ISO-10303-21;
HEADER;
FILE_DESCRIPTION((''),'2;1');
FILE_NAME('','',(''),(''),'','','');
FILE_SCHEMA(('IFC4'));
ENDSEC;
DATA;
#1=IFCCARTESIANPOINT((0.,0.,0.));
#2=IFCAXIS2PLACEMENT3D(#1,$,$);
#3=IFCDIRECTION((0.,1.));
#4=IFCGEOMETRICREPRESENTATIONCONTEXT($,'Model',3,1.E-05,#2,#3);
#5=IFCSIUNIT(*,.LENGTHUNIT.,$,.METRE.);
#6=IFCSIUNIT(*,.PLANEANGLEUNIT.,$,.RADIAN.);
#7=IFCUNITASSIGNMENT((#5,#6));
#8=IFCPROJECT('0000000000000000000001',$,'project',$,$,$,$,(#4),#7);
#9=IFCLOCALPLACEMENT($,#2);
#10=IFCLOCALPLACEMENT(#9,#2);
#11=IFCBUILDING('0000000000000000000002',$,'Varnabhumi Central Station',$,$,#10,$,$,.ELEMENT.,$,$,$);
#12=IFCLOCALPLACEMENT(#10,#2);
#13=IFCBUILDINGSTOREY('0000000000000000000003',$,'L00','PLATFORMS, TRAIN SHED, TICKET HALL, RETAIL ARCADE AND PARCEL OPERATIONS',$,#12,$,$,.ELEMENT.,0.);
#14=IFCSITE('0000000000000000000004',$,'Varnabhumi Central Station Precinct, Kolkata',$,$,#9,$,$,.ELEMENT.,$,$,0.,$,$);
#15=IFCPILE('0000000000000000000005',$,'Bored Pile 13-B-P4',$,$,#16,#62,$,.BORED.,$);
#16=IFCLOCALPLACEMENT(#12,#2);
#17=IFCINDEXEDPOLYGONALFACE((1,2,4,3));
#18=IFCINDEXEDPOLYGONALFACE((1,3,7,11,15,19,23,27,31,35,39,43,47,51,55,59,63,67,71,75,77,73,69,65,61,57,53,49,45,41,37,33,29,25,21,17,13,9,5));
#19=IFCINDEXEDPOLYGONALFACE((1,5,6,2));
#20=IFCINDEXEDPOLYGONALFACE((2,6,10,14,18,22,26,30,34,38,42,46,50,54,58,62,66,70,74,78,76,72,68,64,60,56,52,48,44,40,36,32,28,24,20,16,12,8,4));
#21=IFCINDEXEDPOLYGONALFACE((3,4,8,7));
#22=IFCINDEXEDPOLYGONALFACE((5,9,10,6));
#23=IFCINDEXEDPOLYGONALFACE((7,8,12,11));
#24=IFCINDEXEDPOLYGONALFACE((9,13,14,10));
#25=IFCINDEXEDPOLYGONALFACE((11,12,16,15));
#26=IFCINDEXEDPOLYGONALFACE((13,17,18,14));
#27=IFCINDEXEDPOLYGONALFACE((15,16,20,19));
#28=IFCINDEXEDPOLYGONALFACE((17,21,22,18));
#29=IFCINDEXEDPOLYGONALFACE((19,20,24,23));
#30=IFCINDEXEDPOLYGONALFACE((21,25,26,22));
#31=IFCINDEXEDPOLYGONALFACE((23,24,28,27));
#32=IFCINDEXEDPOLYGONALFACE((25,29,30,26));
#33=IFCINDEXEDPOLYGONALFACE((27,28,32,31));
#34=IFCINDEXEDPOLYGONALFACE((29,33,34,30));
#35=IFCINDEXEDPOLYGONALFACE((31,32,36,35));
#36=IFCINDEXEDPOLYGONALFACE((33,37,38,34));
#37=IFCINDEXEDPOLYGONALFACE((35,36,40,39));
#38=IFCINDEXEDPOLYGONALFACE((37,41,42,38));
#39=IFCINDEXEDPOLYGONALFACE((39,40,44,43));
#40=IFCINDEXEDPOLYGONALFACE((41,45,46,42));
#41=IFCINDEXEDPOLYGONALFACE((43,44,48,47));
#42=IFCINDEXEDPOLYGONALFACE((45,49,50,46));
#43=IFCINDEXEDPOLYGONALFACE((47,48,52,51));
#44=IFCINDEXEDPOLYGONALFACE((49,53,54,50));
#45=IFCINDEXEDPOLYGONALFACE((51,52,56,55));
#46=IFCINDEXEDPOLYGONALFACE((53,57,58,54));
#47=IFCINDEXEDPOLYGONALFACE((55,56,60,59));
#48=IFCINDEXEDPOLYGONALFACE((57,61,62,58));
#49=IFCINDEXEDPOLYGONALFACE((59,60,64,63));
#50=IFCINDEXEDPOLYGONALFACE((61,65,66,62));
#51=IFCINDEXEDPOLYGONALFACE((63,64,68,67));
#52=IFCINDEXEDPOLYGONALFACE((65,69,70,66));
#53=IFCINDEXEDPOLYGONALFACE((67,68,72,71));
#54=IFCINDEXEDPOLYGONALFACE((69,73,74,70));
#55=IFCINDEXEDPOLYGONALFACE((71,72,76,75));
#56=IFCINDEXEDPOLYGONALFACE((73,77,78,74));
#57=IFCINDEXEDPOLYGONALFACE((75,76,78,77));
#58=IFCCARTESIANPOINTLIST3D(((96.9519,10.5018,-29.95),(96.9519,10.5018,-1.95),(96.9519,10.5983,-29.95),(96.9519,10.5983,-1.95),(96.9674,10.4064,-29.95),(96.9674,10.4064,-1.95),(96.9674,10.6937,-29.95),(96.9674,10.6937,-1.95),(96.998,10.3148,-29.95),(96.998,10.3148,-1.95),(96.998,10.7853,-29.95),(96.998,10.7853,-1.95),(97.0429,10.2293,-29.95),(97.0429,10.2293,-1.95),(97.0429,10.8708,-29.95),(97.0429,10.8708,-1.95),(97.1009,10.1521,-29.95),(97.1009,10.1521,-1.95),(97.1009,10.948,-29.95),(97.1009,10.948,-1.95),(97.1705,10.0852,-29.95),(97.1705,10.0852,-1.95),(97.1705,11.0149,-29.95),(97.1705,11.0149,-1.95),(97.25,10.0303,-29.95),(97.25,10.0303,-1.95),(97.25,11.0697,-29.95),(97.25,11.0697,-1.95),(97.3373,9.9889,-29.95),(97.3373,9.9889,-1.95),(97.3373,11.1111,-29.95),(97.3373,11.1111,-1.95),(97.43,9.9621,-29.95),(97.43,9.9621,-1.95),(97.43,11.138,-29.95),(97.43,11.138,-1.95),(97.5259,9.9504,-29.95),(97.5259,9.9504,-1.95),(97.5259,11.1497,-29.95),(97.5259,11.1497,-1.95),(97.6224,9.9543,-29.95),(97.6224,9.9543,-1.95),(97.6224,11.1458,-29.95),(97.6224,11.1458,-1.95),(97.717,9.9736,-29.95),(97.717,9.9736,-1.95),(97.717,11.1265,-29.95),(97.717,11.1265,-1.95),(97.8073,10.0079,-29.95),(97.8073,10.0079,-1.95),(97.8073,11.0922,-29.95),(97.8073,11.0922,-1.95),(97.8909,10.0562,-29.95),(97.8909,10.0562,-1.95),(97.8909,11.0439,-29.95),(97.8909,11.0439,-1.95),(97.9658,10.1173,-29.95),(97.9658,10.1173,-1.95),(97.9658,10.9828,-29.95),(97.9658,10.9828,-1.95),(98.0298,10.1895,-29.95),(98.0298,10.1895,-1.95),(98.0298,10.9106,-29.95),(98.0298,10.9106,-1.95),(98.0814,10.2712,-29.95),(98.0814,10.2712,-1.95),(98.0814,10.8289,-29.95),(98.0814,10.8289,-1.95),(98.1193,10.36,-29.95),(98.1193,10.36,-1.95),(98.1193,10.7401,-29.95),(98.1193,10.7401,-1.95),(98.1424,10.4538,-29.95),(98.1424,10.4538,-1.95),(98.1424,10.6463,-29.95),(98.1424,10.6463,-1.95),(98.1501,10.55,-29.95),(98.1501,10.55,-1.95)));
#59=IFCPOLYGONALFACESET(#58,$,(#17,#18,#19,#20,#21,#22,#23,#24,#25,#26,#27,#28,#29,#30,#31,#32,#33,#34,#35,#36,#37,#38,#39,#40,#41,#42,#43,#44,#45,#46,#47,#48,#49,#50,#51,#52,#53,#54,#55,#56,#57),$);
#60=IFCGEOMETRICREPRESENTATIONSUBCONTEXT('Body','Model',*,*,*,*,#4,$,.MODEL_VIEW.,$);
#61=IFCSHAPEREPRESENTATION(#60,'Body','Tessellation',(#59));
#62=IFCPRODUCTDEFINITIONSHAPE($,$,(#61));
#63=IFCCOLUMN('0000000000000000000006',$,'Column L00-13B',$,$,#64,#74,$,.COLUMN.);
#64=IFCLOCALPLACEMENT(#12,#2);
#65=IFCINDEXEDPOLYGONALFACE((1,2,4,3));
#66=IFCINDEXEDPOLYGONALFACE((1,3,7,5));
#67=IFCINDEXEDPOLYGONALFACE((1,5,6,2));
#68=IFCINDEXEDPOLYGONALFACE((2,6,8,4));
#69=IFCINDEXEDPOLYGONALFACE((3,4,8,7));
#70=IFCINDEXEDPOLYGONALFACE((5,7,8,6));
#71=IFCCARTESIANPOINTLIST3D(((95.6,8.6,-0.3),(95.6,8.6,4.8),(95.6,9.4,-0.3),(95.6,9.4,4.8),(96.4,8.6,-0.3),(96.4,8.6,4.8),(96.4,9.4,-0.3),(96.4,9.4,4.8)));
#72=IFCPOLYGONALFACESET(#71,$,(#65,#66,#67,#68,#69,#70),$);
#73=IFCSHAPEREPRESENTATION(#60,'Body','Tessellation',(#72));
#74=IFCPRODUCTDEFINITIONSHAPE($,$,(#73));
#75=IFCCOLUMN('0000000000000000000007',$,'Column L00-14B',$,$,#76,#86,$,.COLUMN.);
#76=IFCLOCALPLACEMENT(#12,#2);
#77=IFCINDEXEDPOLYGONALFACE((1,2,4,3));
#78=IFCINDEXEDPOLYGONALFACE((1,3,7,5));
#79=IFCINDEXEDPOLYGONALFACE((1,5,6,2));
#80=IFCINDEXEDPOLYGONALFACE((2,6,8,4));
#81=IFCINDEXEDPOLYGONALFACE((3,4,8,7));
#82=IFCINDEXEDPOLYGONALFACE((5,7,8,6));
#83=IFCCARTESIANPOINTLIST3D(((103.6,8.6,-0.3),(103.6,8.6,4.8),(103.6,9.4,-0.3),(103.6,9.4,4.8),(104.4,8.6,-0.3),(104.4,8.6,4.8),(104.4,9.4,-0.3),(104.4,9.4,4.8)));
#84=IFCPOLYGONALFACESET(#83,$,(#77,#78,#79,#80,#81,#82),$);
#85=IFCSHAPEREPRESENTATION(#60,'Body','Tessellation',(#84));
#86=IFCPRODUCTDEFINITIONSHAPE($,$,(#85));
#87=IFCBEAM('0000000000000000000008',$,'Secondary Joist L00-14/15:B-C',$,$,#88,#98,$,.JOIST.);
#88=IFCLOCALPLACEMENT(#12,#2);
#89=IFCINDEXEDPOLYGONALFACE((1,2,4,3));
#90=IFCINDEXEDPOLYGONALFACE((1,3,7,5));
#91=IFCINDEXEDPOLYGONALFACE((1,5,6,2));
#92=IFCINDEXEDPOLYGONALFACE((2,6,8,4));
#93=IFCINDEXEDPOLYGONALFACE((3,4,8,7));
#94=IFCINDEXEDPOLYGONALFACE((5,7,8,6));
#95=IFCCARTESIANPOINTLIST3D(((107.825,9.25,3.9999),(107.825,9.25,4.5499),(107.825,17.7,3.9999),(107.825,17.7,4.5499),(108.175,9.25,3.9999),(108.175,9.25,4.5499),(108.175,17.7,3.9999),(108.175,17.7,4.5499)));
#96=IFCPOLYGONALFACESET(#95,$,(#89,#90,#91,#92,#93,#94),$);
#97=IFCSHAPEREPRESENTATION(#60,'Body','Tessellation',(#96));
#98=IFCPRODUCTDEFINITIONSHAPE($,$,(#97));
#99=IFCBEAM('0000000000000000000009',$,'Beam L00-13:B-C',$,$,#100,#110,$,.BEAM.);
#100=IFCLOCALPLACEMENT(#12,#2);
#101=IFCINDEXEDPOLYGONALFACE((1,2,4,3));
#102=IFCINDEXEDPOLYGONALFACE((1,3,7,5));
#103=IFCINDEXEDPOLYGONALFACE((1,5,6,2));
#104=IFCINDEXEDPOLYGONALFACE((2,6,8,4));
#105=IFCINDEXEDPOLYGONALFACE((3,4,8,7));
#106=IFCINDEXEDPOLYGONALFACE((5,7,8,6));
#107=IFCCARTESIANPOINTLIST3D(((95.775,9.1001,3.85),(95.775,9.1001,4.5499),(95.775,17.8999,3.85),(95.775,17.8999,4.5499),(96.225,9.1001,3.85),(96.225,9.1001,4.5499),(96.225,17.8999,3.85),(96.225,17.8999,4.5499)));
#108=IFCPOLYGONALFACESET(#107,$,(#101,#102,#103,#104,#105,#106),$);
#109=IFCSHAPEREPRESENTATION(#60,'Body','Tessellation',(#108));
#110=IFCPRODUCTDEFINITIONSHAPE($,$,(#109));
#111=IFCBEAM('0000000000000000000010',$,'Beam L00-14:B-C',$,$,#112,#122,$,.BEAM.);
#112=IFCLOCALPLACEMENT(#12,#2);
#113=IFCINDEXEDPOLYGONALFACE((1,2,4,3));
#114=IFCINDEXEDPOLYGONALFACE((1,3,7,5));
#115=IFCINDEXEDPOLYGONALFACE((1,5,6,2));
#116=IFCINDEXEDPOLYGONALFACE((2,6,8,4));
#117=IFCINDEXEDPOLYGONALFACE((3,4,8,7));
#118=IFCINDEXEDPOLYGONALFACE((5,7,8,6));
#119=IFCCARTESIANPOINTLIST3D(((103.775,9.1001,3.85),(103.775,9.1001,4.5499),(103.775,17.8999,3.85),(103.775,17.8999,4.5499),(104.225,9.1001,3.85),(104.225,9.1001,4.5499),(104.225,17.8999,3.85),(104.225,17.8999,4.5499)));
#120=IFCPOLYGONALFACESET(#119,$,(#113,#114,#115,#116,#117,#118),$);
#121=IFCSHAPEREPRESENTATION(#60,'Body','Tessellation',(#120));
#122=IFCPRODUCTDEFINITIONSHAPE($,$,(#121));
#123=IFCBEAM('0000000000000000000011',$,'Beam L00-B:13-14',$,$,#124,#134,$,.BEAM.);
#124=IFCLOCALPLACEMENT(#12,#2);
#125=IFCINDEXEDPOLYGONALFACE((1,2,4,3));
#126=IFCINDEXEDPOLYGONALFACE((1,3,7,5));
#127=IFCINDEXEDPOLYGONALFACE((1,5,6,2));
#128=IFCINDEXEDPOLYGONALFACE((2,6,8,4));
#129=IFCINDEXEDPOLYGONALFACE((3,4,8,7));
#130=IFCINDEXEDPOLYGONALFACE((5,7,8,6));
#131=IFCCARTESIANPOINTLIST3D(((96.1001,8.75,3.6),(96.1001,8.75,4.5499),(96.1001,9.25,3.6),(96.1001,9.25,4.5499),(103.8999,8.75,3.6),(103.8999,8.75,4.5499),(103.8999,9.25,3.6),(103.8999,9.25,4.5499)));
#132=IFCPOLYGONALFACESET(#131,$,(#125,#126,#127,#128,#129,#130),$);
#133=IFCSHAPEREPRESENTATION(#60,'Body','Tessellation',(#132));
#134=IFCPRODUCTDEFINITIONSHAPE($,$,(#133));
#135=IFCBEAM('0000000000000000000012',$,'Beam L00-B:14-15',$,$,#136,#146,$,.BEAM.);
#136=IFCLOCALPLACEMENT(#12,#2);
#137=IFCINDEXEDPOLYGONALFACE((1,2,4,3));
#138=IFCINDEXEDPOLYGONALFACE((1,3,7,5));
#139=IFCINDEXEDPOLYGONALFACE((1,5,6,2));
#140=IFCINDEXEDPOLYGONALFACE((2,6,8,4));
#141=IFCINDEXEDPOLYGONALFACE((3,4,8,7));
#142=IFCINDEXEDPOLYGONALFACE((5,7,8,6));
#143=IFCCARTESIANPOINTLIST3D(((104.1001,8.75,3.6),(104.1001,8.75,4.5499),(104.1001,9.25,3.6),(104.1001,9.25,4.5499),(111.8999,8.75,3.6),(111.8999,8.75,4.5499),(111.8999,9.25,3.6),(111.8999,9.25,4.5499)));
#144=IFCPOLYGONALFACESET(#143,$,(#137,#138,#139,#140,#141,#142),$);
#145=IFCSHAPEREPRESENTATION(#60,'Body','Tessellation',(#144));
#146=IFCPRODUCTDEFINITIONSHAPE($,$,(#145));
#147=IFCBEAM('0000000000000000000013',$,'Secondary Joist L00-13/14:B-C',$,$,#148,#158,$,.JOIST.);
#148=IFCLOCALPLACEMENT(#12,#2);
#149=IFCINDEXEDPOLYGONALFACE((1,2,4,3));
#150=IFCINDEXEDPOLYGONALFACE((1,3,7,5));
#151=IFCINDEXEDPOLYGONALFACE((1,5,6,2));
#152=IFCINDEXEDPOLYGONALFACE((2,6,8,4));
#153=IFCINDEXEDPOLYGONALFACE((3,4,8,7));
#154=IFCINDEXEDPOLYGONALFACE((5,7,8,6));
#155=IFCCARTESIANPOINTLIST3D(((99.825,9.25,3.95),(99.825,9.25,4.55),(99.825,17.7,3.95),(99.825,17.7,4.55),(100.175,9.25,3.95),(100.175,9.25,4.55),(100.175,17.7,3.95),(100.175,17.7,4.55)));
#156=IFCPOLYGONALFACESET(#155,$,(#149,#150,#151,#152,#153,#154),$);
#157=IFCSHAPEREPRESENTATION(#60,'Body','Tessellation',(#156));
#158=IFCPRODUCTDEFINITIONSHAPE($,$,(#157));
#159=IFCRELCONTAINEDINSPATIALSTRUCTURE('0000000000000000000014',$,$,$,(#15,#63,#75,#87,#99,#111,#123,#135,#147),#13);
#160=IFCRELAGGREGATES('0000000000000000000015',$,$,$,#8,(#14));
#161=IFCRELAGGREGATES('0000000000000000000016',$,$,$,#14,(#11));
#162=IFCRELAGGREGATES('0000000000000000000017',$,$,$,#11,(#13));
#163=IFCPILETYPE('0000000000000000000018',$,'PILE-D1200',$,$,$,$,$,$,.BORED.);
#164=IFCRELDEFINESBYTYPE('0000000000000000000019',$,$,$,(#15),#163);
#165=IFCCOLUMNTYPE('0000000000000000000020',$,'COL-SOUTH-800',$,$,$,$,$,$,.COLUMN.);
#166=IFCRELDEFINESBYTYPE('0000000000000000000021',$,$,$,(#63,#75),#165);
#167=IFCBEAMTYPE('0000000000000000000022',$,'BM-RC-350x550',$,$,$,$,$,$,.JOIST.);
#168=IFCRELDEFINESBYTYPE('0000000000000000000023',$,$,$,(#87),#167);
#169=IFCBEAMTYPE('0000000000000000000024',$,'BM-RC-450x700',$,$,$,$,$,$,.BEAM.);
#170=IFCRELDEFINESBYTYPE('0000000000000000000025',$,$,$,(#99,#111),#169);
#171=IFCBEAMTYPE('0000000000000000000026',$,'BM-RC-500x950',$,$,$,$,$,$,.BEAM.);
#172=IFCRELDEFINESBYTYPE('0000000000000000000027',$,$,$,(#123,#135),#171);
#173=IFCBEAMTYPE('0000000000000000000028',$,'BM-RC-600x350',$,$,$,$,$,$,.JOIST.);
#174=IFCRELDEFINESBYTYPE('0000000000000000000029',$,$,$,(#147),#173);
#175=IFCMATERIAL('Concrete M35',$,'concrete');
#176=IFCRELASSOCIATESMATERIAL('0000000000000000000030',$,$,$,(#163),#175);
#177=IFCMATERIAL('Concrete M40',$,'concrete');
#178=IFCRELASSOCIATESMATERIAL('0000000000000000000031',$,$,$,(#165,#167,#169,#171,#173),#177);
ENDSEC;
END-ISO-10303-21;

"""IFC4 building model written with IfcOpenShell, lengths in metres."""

from ifc_helpers import new_model, si_unit, direction, frame, origin, origin_2d, place, context, subcontext, project, spatial, rectangle, circle, extrude, material, material_profile, profile_set, type_object, element, save


model = new_model("IFC4")

# Units and contexts
model_context = context("Model", 3, precision=1e-05, world=origin(), true_north=direction((0.0, 1.0)))
body_context = subcontext(model_context, "Body", "Model", "MODEL_VIEW")
ifc_project = project(units=[si_unit("LENGTHUNIT", "METRE"), si_unit("PLANEANGLEUNIT", "RADIAN")], contexts=[model_context])

# Site, building, storey
site_placement = place(None, origin())
site = spatial("IfcSite", under=ifc_project, at=site_placement, Name="Varnabhumi Central Station Precinct, Kolkata", CompositionType="ELEMENT", RefElevation=0.0)
building_placement = place(site_placement, origin())
building = spatial("IfcBuilding", under=site, at=building_placement, Name="Varnabhumi Central Station", CompositionType="ELEMENT")
storey_placement = place(building_placement, origin())
storey = spatial("IfcBuildingStorey", under=building, at=storey_placement, Name="L00", Description="PLATFORMS, TRAIN SHED, TICKET HALL, RETAIL ARCADE AND PARCEL OPERATIONS", CompositionType="ELEMENT", Elevation=0.0)

# Shared definitions
ifc_material_1 = material(Name="Concrete M40", Category="concrete")

# Pile
ifc_material_2 = material(Name="Concrete M35", Category="concrete")
ifc_material_profile_1 = material_profile(ifc_material_2, circle(Radius=0.6001, at=origin_2d()), Name="Concrete M35", Category="concrete")
ifc_profile_set_1 = profile_set([ifc_material_profile_1], Name="Concrete M35")
pile_type_1 = type_object("IfcPileType", Name="PILE-D1200", PredefinedType="BORED", material=ifc_profile_set_1)
for number, where, z_axis, x_axis, name in (
    (1, (97.55, 10.55, -1.95), (0.0, 0.0, -1.0), (1.0, 0.0, 0.0), "Bored Pile 13-B-P4"),
):
    element("IfcPile", number, at=place(storey_placement, frame(where, z_axis=z_axis, x_axis=x_axis)), inside=storey, type_object=pile_type_1, Name=name, PredefinedType="BORED", context=body_context, shape_type="SweptSolid", body=[
        extrude(circle(Radius=0.6001, at=origin_2d()), origin(), (0.0, 0.0, 1.0), 28.0),
    ])

# Columns
ifc_material_profile_2 = material_profile(ifc_material_1, rectangle(XDim=0.8, YDim=0.8, at=origin_2d()), Name="Concrete M40", Category="concrete")
ifc_profile_set_2 = profile_set([ifc_material_profile_2], Name="Concrete M40")
column_type = type_object("IfcColumnType", Name="COL-SOUTH-800", PredefinedType="COLUMN", material=ifc_profile_set_2)
for number, where, z_axis, x_axis, name in (
    (2, (96.0, 9.0, -0.3), (0.0, 0.0, 1.0), (1.0, 0.0, 0.0), "Column L00-13B"),
    (3, (104.0, 9.0, -0.3), (0.0, 0.0, 1.0), (1.0, 0.0, 0.0), "Column L00-14B"),
):
    element("IfcColumn", number, at=place(storey_placement, frame(where, z_axis=z_axis, x_axis=x_axis)), inside=storey, type_object=column_type, Name=name, PredefinedType="COLUMN", context=body_context, shape_type="SweptSolid", body=[
        extrude(rectangle(XDim=0.8, YDim=0.8, at=origin_2d()), origin(), (0.0, 0.0, 1.0), 5.1001),
    ])

# Beams
ifc_material_profile_3 = material_profile(ifc_material_1, rectangle(XDim=0.3501, YDim=0.55, at=origin_2d()), Name="Concrete M40", Category="concrete")
ifc_profile_set_3 = profile_set([ifc_material_profile_3], Name="Concrete M40")
beam_type_1 = type_object("IfcBeamType", Name="BM-RC-350x550", PredefinedType="JOIST", material=ifc_profile_set_3)
beam_1_placement = place(storey_placement, frame((108.0, 9.25, 4.2749), z_axis=(0.0, 1.0, 0.0), x_axis=(-1.0, 0.0, 0.0)))
element("IfcBeam", 4, at=beam_1_placement, inside=storey, type_object=beam_type_1, Name="Secondary Joist L00-14/15:B-C", PredefinedType="JOIST", context=body_context, shape_type="SweptSolid", body=[
    extrude(rectangle(XDim=0.3501, YDim=0.55, at=origin_2d()), origin(), (0.0, 0.0, 1.0), 8.45),
])
ifc_material_profile_4 = material_profile(ifc_material_1, rectangle(XDim=0.45, YDim=0.7, at=origin_2d()), Name="Concrete M40", Category="concrete")
ifc_profile_set_4 = profile_set([ifc_material_profile_4], Name="Concrete M40")
beam_type_2 = type_object("IfcBeamType", Name="BM-RC-450x700", PredefinedType="BEAM", material=ifc_profile_set_4)
for number, where, z_axis, x_axis, name in (
    (5, (96.0, 9.1001, 4.2), (0.0, 1.0, 0.0), (-1.0, 0.0, 0.0), "Beam L00-13:B-C"),
    (6, (104.0, 9.1001, 4.2), (0.0, 1.0, 0.0), (-1.0, 0.0, 0.0), "Beam L00-14:B-C"),
):
    element("IfcBeam", number, at=place(storey_placement, frame(where, z_axis=z_axis, x_axis=x_axis)), inside=storey, type_object=beam_type_2, Name=name, PredefinedType="BEAM", context=body_context, shape_type="SweptSolid", body=[
        extrude(rectangle(XDim=0.45, YDim=0.7, at=origin_2d()), origin(), (0.0, 0.0, 1.0), 8.7998),
    ])
ifc_material_profile_5 = material_profile(ifc_material_1, rectangle(XDim=0.5, YDim=0.95, at=origin_2d()), Name="Concrete M40", Category="concrete")
ifc_profile_set_5 = profile_set([ifc_material_profile_5], Name="Concrete M40")
beam_type_3 = type_object("IfcBeamType", Name="BM-RC-500x950", PredefinedType="BEAM", material=ifc_profile_set_5)
for number, where, z_axis, x_axis, name in (
    (7, (96.1001, 9.0, 4.075), (1.0, 0.0, 0.0), (0.0, 1.0, 0.0), "Beam L00-B:13-14"),
    (8, (104.1001, 9.0, 4.075), (1.0, 0.0, 0.0), (0.0, 1.0, 0.0), "Beam L00-B:14-15"),
):
    element("IfcBeam", number, at=place(storey_placement, frame(where, z_axis=z_axis, x_axis=x_axis)), inside=storey, type_object=beam_type_3, Name=name, PredefinedType="BEAM", context=body_context, shape_type="SweptSolid", body=[
        extrude(rectangle(XDim=0.5, YDim=0.95, at=origin_2d()), origin(), (0.0, 0.0, 1.0), 7.7998),
    ])
ifc_material_profile_6 = material_profile(ifc_material_1, rectangle(XDim=0.3501, YDim=0.6001, at=origin_2d()), Name="Concrete M40", Category="concrete")
ifc_profile_set_6 = profile_set([ifc_material_profile_6], Name="Concrete M40")
beam_type_4 = type_object("IfcBeamType", Name="BM-RC-600x350", PredefinedType="JOIST", material=ifc_profile_set_6)
beam_2_placement = place(storey_placement, frame((100.0, 9.25, 4.25), z_axis=(0.0, 1.0, 0.0), x_axis=(-1.0, 0.0, 0.0)))
element("IfcBeam", 9, at=beam_2_placement, inside=storey, type_object=beam_type_4, Name="Secondary Joist L00-13/14:B-C", PredefinedType="JOIST", context=body_context, shape_type="SweptSolid", body=[
    extrude(rectangle(XDim=0.3501, YDim=0.6001, at=origin_2d()), origin(), (0.0, 0.0, 1.0), 8.45),
])

save(model, "model.ifc")
